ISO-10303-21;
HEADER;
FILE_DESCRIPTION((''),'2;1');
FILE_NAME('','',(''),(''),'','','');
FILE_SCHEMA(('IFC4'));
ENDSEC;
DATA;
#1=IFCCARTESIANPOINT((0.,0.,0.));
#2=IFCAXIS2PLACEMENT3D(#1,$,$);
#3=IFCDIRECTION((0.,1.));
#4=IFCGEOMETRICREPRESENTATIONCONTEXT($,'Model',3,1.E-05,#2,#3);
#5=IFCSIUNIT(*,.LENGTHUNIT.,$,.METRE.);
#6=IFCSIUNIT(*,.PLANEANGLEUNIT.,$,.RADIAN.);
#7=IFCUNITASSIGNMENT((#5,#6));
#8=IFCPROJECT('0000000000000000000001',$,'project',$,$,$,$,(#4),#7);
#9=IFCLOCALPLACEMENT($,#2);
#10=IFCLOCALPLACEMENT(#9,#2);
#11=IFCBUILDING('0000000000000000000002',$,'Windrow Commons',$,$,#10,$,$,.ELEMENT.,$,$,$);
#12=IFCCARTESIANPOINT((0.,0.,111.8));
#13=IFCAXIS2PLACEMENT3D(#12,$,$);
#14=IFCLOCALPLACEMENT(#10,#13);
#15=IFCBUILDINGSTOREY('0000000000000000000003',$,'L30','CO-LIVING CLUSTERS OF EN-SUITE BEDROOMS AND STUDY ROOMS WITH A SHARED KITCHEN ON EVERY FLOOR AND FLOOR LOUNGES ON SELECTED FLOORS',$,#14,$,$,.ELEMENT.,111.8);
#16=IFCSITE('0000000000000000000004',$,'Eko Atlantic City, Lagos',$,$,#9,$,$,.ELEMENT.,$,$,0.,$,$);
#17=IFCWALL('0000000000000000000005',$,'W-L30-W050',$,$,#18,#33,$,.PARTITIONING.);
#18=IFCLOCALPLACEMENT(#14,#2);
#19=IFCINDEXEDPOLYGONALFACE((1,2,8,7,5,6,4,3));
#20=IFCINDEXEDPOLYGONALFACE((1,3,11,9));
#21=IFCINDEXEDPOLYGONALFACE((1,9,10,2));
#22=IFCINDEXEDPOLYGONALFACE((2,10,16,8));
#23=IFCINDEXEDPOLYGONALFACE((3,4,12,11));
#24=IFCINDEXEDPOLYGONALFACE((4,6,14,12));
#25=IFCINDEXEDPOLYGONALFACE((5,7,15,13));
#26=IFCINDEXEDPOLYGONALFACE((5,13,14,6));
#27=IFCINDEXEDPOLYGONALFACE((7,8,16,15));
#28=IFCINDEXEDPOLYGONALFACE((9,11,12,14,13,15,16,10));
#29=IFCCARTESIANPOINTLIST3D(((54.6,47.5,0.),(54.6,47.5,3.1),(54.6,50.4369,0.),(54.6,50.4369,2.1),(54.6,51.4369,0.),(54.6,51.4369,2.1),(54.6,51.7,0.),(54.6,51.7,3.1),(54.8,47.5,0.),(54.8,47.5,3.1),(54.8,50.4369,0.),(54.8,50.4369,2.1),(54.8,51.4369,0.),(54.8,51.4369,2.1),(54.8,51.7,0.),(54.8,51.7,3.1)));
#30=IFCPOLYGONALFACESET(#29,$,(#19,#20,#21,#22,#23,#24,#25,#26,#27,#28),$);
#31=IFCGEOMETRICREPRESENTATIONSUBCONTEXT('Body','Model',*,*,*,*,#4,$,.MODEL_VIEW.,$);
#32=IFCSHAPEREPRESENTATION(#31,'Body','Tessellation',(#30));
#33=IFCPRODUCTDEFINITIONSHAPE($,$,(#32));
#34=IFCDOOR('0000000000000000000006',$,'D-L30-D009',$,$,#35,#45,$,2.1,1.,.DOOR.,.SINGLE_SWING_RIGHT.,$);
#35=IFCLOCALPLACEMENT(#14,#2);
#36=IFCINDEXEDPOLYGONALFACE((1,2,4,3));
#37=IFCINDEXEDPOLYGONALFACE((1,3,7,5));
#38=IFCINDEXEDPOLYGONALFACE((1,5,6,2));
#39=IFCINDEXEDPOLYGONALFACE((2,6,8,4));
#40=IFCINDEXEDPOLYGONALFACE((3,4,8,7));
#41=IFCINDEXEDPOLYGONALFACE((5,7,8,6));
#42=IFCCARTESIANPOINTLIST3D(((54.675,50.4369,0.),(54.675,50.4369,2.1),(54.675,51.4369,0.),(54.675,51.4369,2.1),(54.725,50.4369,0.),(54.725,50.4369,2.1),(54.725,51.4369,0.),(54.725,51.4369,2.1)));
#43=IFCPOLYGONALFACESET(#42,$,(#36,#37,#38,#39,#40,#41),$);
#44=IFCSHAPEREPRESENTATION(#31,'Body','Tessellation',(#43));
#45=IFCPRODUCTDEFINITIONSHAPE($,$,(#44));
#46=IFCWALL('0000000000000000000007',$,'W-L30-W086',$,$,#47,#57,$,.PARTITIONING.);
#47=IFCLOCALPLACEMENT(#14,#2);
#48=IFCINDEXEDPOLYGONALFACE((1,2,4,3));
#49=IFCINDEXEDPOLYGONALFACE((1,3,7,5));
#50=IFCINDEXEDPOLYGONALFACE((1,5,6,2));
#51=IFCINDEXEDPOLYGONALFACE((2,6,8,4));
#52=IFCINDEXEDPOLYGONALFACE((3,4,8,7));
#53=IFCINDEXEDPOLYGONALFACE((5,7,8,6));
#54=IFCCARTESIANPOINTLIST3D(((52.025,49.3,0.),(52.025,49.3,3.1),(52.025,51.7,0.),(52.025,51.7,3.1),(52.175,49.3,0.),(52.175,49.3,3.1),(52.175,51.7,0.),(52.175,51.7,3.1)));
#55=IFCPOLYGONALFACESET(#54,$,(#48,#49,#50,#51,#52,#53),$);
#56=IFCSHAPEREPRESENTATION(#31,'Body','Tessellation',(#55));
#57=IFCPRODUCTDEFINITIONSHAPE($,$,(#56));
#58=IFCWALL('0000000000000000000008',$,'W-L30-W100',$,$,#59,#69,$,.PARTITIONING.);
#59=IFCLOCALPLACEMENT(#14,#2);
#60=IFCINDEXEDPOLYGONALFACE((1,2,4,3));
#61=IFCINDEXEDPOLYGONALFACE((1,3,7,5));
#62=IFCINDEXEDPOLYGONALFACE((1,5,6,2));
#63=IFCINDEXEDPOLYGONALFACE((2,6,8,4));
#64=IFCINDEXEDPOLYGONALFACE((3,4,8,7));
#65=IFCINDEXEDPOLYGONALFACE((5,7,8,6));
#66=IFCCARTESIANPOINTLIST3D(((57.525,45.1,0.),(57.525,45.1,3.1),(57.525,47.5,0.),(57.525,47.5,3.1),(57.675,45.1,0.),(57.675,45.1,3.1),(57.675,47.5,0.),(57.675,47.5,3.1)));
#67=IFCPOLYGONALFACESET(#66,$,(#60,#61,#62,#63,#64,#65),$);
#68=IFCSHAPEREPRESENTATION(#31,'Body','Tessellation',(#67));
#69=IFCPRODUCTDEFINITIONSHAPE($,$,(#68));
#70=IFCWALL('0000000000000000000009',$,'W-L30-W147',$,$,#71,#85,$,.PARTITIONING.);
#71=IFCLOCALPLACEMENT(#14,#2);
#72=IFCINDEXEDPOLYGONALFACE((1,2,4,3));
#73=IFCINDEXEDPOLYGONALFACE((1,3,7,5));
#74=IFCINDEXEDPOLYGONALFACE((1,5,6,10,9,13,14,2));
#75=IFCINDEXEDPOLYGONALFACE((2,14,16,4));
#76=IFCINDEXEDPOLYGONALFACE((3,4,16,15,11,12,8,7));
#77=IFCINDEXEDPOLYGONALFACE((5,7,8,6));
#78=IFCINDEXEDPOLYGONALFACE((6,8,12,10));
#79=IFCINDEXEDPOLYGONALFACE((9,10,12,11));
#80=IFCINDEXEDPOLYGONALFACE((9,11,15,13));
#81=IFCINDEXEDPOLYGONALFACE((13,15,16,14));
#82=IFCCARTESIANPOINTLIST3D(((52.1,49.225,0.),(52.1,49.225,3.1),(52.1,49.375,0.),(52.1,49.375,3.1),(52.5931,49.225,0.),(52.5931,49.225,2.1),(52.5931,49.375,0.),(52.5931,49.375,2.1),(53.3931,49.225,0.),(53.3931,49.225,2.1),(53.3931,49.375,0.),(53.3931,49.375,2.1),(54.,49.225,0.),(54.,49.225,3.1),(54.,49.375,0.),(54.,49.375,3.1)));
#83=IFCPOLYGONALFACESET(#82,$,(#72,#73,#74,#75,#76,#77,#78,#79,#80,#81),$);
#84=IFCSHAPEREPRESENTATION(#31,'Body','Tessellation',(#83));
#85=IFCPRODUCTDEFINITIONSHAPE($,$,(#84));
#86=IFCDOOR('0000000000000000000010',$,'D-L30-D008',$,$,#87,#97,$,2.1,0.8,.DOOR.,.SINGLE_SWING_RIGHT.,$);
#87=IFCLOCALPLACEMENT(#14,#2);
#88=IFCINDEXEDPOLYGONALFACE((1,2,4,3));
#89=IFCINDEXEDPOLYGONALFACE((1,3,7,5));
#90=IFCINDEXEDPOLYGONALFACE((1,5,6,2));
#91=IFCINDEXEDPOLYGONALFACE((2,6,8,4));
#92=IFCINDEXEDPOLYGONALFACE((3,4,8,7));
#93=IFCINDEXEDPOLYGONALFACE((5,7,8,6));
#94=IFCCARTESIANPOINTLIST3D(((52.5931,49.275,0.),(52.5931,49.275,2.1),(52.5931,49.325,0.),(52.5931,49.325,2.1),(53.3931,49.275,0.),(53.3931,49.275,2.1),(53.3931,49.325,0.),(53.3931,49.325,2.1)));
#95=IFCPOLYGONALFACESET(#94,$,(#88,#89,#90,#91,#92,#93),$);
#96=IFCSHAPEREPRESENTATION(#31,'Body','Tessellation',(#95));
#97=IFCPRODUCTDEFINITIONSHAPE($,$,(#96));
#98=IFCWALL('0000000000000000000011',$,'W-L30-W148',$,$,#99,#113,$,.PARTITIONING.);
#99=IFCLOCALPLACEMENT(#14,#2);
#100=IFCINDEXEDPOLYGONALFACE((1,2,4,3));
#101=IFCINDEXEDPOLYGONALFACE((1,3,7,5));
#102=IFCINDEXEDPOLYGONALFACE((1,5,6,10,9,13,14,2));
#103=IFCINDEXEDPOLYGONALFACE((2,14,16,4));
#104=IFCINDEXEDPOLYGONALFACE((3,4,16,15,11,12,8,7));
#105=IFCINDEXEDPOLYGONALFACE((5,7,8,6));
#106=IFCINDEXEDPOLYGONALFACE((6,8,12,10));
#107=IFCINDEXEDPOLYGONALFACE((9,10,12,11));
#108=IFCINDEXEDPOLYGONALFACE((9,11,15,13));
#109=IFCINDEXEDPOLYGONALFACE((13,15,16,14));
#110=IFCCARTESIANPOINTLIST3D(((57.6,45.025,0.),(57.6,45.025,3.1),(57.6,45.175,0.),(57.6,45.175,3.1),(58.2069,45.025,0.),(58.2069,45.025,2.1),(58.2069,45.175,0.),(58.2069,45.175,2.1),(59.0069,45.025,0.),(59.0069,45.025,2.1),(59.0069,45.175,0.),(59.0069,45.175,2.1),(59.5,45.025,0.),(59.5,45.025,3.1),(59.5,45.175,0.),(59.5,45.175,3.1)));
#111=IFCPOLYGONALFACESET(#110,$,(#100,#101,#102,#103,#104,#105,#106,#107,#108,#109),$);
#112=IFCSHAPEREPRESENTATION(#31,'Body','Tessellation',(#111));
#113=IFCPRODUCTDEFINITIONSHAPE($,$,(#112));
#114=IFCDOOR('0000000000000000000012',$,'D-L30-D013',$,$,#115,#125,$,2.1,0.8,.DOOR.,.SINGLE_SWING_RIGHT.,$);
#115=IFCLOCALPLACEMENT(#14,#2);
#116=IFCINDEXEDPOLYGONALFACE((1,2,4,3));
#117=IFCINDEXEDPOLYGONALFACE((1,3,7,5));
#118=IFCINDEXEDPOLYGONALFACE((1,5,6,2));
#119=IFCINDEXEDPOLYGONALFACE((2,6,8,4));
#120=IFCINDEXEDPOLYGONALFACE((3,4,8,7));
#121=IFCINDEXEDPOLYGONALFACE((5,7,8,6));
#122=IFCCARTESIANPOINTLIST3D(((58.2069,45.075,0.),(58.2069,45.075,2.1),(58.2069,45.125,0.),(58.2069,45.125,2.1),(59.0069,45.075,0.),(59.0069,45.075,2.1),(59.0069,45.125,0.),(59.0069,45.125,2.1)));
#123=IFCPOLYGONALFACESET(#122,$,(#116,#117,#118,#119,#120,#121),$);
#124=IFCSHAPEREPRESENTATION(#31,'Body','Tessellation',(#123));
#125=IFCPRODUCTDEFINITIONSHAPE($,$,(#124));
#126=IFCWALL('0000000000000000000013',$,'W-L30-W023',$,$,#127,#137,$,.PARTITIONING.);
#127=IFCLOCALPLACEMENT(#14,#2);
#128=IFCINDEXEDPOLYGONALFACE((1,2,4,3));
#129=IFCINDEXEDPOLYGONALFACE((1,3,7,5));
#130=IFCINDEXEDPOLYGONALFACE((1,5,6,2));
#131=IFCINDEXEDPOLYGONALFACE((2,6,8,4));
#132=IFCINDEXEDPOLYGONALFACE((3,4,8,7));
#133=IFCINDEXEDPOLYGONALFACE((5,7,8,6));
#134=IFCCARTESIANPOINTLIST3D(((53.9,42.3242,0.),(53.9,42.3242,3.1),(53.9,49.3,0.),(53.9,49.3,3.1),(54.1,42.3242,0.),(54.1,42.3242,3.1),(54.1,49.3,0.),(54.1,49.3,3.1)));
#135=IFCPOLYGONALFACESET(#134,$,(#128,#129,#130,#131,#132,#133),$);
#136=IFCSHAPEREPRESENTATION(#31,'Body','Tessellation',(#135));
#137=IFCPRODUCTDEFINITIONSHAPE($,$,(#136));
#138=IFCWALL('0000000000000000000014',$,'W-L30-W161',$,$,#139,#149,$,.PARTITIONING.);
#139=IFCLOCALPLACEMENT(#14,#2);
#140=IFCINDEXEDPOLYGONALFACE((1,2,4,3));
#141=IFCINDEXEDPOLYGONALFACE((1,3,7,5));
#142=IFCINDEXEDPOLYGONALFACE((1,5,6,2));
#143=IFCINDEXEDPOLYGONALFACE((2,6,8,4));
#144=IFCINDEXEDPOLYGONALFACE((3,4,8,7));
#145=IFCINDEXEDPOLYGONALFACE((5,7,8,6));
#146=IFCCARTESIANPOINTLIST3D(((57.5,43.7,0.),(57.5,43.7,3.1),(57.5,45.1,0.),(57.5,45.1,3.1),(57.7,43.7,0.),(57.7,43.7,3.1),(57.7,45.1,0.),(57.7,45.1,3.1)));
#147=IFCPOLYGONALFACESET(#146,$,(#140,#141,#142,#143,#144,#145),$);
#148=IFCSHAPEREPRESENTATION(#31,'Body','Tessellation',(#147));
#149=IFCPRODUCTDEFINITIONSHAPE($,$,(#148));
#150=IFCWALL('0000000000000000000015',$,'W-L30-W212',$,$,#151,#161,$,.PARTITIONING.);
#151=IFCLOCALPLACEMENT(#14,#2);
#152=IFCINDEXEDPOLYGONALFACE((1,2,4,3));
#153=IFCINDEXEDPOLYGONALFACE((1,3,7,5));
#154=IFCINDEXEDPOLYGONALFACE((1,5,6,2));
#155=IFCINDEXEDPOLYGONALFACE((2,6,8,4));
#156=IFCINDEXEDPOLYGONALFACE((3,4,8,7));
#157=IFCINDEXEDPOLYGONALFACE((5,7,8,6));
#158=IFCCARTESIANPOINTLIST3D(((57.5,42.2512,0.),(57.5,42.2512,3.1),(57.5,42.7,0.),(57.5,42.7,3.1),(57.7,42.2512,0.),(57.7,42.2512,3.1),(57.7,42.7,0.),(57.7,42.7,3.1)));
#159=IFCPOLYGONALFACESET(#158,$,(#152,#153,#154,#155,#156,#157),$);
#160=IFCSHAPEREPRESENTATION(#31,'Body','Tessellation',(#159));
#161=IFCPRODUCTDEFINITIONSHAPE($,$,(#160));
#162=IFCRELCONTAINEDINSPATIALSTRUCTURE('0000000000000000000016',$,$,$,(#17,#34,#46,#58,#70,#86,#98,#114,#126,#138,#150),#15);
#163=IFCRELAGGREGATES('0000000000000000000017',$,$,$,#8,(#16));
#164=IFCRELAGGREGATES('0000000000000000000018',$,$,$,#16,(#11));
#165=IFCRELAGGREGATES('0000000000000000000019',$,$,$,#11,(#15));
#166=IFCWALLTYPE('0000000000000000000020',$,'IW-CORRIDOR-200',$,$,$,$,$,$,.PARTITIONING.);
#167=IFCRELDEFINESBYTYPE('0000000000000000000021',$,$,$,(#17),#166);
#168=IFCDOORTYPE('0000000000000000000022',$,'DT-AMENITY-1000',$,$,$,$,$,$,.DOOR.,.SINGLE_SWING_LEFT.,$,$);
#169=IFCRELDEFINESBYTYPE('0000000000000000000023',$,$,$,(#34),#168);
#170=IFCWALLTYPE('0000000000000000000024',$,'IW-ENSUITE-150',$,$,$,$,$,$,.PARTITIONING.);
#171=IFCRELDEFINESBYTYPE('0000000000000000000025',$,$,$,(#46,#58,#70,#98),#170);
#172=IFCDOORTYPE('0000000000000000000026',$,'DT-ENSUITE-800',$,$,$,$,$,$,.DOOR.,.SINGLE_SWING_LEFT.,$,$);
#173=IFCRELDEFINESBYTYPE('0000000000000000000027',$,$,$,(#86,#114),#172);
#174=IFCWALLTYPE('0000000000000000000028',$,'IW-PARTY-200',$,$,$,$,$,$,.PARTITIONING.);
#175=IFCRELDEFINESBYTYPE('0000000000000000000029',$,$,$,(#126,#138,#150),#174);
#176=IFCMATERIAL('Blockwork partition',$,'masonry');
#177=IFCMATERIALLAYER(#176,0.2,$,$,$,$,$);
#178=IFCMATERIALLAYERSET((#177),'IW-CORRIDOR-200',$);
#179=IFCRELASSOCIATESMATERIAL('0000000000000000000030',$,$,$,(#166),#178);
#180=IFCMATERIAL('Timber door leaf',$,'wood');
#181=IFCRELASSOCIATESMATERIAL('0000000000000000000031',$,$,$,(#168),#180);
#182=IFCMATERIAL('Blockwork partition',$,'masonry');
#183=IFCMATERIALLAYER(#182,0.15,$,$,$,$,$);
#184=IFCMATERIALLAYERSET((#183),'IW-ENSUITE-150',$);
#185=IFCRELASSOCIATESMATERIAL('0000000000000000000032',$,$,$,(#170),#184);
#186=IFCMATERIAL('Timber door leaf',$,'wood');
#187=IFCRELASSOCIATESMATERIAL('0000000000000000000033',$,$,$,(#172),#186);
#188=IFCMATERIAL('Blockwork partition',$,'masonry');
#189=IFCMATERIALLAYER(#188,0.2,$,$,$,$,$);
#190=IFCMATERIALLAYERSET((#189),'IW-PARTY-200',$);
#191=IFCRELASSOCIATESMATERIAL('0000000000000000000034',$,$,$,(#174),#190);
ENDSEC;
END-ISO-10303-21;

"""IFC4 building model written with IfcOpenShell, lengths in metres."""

from ifc_helpers import new_model, si_unit, direction, frame, frame_2d, origin, place, context, subcontext, project, spatial, rectangle, extrude, material, layer, layer_set, type_object, element, fill, save


model = new_model("IFC4")

# Units and contexts
model_context = context("Model", 3, precision=1e-05, world=origin(), true_north=direction((0.0, 1.0)))
body_context = subcontext(model_context, "Body", "Model", "MODEL_VIEW")
ifc_project = project(units=[si_unit("LENGTHUNIT", "METRE"), si_unit("PLANEANGLEUNIT", "RADIAN")], contexts=[model_context])

# Site, building, storey
site_placement = place(None, origin())
site = spatial("IfcSite", under=ifc_project, at=site_placement, Name="Eko Atlantic City, Lagos", CompositionType="ELEMENT", RefElevation=0.0)
building_placement = place(site_placement, origin())
building = spatial("IfcBuilding", under=site, at=building_placement, Name="Windrow Commons", CompositionType="ELEMENT")
storey_placement = place(building_placement, frame((0.0, 0.0, 111.8)))
storey = spatial("IfcBuildingStorey", under=building, at=storey_placement, Name="L30", Description="CO-LIVING CLUSTERS OF EN-SUITE BEDROOMS AND STUDY ROOMS WITH A SHARED KITCHEN ON EVERY FLOOR AND FLOOR LOUNGES ON SELECTED FLOORS", CompositionType="ELEMENT", Elevation=111.8)

# Shared definitions
ifc_material_1 = material(Name="Blockwork partition", Category="masonry")
ifc_layer_1 = layer(ifc_material_1, 0.2)
ifc_layer_set_1 = layer_set([ifc_layer_1], Name="IW-CORRIDOR-200")
wall_type_1 = type_object("IfcWallType", Name="IW-CORRIDOR-200", PredefinedType="PARTITIONING", material=ifc_layer_set_1)

# Wall, opening, door
wall_1_placement = place(storey_placement, frame((54.7, 47.5, 0.0), z_axis=(0.0, 0.0, 1.0), x_axis=(0.0, 1.0, 0.0)))
wall_1 = element("IfcWall", 1, at=wall_1_placement, inside=storey, type_object=wall_type_1, Name="W-L30-W050", PredefinedType="PARTITIONING", context=body_context, shape_type="SweptSolid", body=[
    extrude(rectangle(XDim=4.2, YDim=0.2, at=frame_2d((2.1, 0.0))), origin(), (0.0, 0.0, 1.0), 3.1),
])
opening_1_placement = place(wall_1_placement, frame((2.9369, 0.0, 0.0)))
opening_1 = element("IfcOpeningElement", 2, at=opening_1_placement, cuts=wall_1, PredefinedType="OPENING", context=body_context, shape_type="SweptSolid", body=[
    extrude(rectangle(XDim=1.0, YDim=2.1, at=frame_2d((0.5, 1.05))), frame((0.0, 0.11, 0.0), z_axis=(0.0, -1.0, 0.0), x_axis=(1.0, 0.0, 0.0)), (0.0, 0.0, 1.0), 0.22),
])
ifc_material_2 = material(Name="Timber door leaf", Category="wood")
door_type_1 = type_object("IfcDoorType", Name="DT-AMENITY-1000", OperationType="SINGLE_SWING_LEFT", PredefinedType="DOOR", material=ifc_material_2)
door_1_placement = place(opening_1_placement, origin())
door_1 = element("IfcDoor", 3, at=door_1_placement, inside=storey, type_object=door_type_1, Name="D-L30-D009", OperationType="SINGLE_SWING_RIGHT", OverallHeight=2.1, OverallWidth=1.0, PredefinedType="DOOR", context=body_context, shape_type="SweptSolid", body=[
    extrude(rectangle(XDim=1.0, YDim=2.1, at=frame_2d((0.5, 1.05))), frame((0.0, 0.025, 0.0), z_axis=(0.0, -1.0, 0.0), x_axis=(1.0, 0.0, 0.0)), (0.0, 0.0, 1.0), 0.05),
])
fill(opening_1, door_1)

# Walls
ifc_material_3 = material(Name="Blockwork partition", Category="masonry")
ifc_layer_2 = layer(ifc_material_3, 0.15)
ifc_layer_set_2 = layer_set([ifc_layer_2], Name="IW-ENSUITE-150")
wall_type_2 = type_object("IfcWallType", Name="IW-ENSUITE-150", PredefinedType="PARTITIONING", material=ifc_layer_set_2)
for number, where, z_axis, x_axis, name in (
    (4, (52.1, 49.3, 0.0), (0.0, 0.0, 1.0), (0.0, 1.0, 0.0), "W-L30-W086"),
    (5, (57.6, 45.1, 0.0), (0.0, 0.0, 1.0), (0.0, 1.0, 0.0), "W-L30-W100"),
):
    element("IfcWall", number, at=place(storey_placement, frame(where, z_axis=z_axis, x_axis=x_axis)), inside=storey, type_object=wall_type_2, Name=name, PredefinedType="PARTITIONING", context=body_context, shape_type="SweptSolid", body=[
        extrude(rectangle(XDim=2.4, YDim=0.15, at=frame_2d((1.2, 0.0))), origin(), (0.0, 0.0, 1.0), 3.1),
    ])

# Walls, openings, doors
wall_2_placement = place(storey_placement, frame((52.1, 49.3, 0.0), z_axis=(0.0, 0.0, 1.0), x_axis=(1.0, 0.0, 0.0)))
wall_2 = element("IfcWall", 6, at=wall_2_placement, inside=storey, type_object=wall_type_2, Name="W-L30-W147", PredefinedType="PARTITIONING", context=body_context, shape_type="SweptSolid", body=[
    extrude(rectangle(XDim=1.9, YDim=0.15, at=frame_2d((0.95, 0.0))), origin(), (0.0, 0.0, 1.0), 3.1),
])
opening_2_placement = place(wall_2_placement, frame((0.4931, 0.0, 0.0)))
opening_2 = element("IfcOpeningElement", 7, at=opening_2_placement, cuts=wall_2, PredefinedType="OPENING", context=body_context, shape_type="SweptSolid", body=[
    extrude(rectangle(XDim=0.8, YDim=2.1, at=frame_2d((0.4, 1.05))), frame((0.0, 0.085, 0.0), z_axis=(0.0, -1.0, 0.0), x_axis=(1.0, 0.0, 0.0)), (0.0, 0.0, 1.0), 0.17),
])
ifc_material_4 = material(Name="Timber door leaf", Category="wood")
door_type_2 = type_object("IfcDoorType", Name="DT-ENSUITE-800", OperationType="SINGLE_SWING_LEFT", PredefinedType="DOOR", material=ifc_material_4)
door_2_placement = place(opening_2_placement, origin())
door_2 = element("IfcDoor", 8, at=door_2_placement, inside=storey, type_object=door_type_2, Name="D-L30-D008", OperationType="SINGLE_SWING_RIGHT", OverallHeight=2.1, OverallWidth=0.8, PredefinedType="DOOR", context=body_context, shape_type="SweptSolid", body=[
    extrude(rectangle(XDim=0.8, YDim=2.1, at=frame_2d((0.4, 1.05))), frame((0.0, 0.025, 0.0), z_axis=(0.0, -1.0, 0.0), x_axis=(1.0, 0.0, 0.0)), (0.0, 0.0, 1.0), 0.05),
])
fill(opening_2, door_2)
wall_3_placement = place(storey_placement, frame((57.6, 45.1, 0.0), z_axis=(0.0, 0.0, 1.0), x_axis=(1.0, 0.0, 0.0)))
wall_3 = element("IfcWall", 9, at=wall_3_placement, inside=storey, type_object=wall_type_2, Name="W-L30-W148", PredefinedType="PARTITIONING", context=body_context, shape_type="SweptSolid", body=[
    extrude(rectangle(XDim=1.9, YDim=0.15, at=frame_2d((0.95, 0.0))), origin(), (0.0, 0.0, 1.0), 3.1),
])
opening_3_placement = place(wall_3_placement, frame((0.6069, 0.0, 0.0)))
opening_3 = element("IfcOpeningElement", 10, at=opening_3_placement, cuts=wall_3, PredefinedType="OPENING", context=body_context, shape_type="SweptSolid", body=[
    extrude(rectangle(XDim=0.8, YDim=2.1, at=frame_2d((0.4, 1.05))), frame((0.0, 0.085, 0.0), z_axis=(0.0, -1.0, 0.0), x_axis=(1.0, 0.0, 0.0)), (0.0, 0.0, 1.0), 0.17),
])
door_3_placement = place(opening_3_placement, origin())
door_3 = element("IfcDoor", 11, at=door_3_placement, inside=storey, type_object=door_type_2, Name="D-L30-D013", OperationType="SINGLE_SWING_RIGHT", OverallHeight=2.1, OverallWidth=0.8, PredefinedType="DOOR", context=body_context, shape_type="SweptSolid", body=[
    extrude(rectangle(XDim=0.8, YDim=2.1, at=frame_2d((0.4, 1.05))), frame((0.0, 0.025, 0.0), z_axis=(0.0, -1.0, 0.0), x_axis=(1.0, 0.0, 0.0)), (0.0, 0.0, 1.0), 0.05),
])
fill(opening_3, door_3)

# Walls
ifc_material_5 = material(Name="Blockwork partition", Category="masonry")
ifc_layer_3 = layer(ifc_material_5, 0.2)
ifc_layer_set_3 = layer_set([ifc_layer_3], Name="IW-PARTY-200")
wall_type_3 = type_object("IfcWallType", Name="IW-PARTY-200", PredefinedType="PARTITIONING", material=ifc_layer_set_3)
wall_4_placement = place(storey_placement, frame((54.0, 42.3242, 0.0), z_axis=(0.0, 0.0, 1.0), x_axis=(0.0, 1.0, 0.0)))
element("IfcWall", 12, at=wall_4_placement, inside=storey, type_object=wall_type_3, Name="W-L30-W023", PredefinedType="PARTITIONING", context=body_context, shape_type="SweptSolid", body=[
    extrude(rectangle(XDim=6.9758, YDim=0.2, at=frame_2d((3.4879, 0.0))), origin(), (0.0, 0.0, 1.0), 3.1),
])
wall_5_placement = place(storey_placement, frame((57.6, 43.7, 0.0), z_axis=(0.0, 0.0, 1.0), x_axis=(0.0, 1.0, 0.0)))
element("IfcWall", 13, at=wall_5_placement, inside=storey, type_object=wall_type_3, Name="W-L30-W161", PredefinedType="PARTITIONING", context=body_context, shape_type="SweptSolid", body=[
    extrude(rectangle(XDim=1.4, YDim=0.2, at=frame_2d((0.7, 0.0))), origin(), (0.0, 0.0, 1.0), 3.1),
])
wall_6_placement = place(storey_placement, frame((57.6, 42.2512, 0.0), z_axis=(0.0, 0.0, 1.0), x_axis=(0.0, 1.0, 0.0)))
element("IfcWall", 14, at=wall_6_placement, inside=storey, type_object=wall_type_3, Name="W-L30-W212", PredefinedType="PARTITIONING", context=body_context, shape_type="SweptSolid", body=[
    extrude(rectangle(XDim=0.4488, YDim=0.2, at=frame_2d((0.2244, 0.0))), origin(), (0.0, 0.0, 1.0), 3.1),
])

save(model, "model.ifc")
